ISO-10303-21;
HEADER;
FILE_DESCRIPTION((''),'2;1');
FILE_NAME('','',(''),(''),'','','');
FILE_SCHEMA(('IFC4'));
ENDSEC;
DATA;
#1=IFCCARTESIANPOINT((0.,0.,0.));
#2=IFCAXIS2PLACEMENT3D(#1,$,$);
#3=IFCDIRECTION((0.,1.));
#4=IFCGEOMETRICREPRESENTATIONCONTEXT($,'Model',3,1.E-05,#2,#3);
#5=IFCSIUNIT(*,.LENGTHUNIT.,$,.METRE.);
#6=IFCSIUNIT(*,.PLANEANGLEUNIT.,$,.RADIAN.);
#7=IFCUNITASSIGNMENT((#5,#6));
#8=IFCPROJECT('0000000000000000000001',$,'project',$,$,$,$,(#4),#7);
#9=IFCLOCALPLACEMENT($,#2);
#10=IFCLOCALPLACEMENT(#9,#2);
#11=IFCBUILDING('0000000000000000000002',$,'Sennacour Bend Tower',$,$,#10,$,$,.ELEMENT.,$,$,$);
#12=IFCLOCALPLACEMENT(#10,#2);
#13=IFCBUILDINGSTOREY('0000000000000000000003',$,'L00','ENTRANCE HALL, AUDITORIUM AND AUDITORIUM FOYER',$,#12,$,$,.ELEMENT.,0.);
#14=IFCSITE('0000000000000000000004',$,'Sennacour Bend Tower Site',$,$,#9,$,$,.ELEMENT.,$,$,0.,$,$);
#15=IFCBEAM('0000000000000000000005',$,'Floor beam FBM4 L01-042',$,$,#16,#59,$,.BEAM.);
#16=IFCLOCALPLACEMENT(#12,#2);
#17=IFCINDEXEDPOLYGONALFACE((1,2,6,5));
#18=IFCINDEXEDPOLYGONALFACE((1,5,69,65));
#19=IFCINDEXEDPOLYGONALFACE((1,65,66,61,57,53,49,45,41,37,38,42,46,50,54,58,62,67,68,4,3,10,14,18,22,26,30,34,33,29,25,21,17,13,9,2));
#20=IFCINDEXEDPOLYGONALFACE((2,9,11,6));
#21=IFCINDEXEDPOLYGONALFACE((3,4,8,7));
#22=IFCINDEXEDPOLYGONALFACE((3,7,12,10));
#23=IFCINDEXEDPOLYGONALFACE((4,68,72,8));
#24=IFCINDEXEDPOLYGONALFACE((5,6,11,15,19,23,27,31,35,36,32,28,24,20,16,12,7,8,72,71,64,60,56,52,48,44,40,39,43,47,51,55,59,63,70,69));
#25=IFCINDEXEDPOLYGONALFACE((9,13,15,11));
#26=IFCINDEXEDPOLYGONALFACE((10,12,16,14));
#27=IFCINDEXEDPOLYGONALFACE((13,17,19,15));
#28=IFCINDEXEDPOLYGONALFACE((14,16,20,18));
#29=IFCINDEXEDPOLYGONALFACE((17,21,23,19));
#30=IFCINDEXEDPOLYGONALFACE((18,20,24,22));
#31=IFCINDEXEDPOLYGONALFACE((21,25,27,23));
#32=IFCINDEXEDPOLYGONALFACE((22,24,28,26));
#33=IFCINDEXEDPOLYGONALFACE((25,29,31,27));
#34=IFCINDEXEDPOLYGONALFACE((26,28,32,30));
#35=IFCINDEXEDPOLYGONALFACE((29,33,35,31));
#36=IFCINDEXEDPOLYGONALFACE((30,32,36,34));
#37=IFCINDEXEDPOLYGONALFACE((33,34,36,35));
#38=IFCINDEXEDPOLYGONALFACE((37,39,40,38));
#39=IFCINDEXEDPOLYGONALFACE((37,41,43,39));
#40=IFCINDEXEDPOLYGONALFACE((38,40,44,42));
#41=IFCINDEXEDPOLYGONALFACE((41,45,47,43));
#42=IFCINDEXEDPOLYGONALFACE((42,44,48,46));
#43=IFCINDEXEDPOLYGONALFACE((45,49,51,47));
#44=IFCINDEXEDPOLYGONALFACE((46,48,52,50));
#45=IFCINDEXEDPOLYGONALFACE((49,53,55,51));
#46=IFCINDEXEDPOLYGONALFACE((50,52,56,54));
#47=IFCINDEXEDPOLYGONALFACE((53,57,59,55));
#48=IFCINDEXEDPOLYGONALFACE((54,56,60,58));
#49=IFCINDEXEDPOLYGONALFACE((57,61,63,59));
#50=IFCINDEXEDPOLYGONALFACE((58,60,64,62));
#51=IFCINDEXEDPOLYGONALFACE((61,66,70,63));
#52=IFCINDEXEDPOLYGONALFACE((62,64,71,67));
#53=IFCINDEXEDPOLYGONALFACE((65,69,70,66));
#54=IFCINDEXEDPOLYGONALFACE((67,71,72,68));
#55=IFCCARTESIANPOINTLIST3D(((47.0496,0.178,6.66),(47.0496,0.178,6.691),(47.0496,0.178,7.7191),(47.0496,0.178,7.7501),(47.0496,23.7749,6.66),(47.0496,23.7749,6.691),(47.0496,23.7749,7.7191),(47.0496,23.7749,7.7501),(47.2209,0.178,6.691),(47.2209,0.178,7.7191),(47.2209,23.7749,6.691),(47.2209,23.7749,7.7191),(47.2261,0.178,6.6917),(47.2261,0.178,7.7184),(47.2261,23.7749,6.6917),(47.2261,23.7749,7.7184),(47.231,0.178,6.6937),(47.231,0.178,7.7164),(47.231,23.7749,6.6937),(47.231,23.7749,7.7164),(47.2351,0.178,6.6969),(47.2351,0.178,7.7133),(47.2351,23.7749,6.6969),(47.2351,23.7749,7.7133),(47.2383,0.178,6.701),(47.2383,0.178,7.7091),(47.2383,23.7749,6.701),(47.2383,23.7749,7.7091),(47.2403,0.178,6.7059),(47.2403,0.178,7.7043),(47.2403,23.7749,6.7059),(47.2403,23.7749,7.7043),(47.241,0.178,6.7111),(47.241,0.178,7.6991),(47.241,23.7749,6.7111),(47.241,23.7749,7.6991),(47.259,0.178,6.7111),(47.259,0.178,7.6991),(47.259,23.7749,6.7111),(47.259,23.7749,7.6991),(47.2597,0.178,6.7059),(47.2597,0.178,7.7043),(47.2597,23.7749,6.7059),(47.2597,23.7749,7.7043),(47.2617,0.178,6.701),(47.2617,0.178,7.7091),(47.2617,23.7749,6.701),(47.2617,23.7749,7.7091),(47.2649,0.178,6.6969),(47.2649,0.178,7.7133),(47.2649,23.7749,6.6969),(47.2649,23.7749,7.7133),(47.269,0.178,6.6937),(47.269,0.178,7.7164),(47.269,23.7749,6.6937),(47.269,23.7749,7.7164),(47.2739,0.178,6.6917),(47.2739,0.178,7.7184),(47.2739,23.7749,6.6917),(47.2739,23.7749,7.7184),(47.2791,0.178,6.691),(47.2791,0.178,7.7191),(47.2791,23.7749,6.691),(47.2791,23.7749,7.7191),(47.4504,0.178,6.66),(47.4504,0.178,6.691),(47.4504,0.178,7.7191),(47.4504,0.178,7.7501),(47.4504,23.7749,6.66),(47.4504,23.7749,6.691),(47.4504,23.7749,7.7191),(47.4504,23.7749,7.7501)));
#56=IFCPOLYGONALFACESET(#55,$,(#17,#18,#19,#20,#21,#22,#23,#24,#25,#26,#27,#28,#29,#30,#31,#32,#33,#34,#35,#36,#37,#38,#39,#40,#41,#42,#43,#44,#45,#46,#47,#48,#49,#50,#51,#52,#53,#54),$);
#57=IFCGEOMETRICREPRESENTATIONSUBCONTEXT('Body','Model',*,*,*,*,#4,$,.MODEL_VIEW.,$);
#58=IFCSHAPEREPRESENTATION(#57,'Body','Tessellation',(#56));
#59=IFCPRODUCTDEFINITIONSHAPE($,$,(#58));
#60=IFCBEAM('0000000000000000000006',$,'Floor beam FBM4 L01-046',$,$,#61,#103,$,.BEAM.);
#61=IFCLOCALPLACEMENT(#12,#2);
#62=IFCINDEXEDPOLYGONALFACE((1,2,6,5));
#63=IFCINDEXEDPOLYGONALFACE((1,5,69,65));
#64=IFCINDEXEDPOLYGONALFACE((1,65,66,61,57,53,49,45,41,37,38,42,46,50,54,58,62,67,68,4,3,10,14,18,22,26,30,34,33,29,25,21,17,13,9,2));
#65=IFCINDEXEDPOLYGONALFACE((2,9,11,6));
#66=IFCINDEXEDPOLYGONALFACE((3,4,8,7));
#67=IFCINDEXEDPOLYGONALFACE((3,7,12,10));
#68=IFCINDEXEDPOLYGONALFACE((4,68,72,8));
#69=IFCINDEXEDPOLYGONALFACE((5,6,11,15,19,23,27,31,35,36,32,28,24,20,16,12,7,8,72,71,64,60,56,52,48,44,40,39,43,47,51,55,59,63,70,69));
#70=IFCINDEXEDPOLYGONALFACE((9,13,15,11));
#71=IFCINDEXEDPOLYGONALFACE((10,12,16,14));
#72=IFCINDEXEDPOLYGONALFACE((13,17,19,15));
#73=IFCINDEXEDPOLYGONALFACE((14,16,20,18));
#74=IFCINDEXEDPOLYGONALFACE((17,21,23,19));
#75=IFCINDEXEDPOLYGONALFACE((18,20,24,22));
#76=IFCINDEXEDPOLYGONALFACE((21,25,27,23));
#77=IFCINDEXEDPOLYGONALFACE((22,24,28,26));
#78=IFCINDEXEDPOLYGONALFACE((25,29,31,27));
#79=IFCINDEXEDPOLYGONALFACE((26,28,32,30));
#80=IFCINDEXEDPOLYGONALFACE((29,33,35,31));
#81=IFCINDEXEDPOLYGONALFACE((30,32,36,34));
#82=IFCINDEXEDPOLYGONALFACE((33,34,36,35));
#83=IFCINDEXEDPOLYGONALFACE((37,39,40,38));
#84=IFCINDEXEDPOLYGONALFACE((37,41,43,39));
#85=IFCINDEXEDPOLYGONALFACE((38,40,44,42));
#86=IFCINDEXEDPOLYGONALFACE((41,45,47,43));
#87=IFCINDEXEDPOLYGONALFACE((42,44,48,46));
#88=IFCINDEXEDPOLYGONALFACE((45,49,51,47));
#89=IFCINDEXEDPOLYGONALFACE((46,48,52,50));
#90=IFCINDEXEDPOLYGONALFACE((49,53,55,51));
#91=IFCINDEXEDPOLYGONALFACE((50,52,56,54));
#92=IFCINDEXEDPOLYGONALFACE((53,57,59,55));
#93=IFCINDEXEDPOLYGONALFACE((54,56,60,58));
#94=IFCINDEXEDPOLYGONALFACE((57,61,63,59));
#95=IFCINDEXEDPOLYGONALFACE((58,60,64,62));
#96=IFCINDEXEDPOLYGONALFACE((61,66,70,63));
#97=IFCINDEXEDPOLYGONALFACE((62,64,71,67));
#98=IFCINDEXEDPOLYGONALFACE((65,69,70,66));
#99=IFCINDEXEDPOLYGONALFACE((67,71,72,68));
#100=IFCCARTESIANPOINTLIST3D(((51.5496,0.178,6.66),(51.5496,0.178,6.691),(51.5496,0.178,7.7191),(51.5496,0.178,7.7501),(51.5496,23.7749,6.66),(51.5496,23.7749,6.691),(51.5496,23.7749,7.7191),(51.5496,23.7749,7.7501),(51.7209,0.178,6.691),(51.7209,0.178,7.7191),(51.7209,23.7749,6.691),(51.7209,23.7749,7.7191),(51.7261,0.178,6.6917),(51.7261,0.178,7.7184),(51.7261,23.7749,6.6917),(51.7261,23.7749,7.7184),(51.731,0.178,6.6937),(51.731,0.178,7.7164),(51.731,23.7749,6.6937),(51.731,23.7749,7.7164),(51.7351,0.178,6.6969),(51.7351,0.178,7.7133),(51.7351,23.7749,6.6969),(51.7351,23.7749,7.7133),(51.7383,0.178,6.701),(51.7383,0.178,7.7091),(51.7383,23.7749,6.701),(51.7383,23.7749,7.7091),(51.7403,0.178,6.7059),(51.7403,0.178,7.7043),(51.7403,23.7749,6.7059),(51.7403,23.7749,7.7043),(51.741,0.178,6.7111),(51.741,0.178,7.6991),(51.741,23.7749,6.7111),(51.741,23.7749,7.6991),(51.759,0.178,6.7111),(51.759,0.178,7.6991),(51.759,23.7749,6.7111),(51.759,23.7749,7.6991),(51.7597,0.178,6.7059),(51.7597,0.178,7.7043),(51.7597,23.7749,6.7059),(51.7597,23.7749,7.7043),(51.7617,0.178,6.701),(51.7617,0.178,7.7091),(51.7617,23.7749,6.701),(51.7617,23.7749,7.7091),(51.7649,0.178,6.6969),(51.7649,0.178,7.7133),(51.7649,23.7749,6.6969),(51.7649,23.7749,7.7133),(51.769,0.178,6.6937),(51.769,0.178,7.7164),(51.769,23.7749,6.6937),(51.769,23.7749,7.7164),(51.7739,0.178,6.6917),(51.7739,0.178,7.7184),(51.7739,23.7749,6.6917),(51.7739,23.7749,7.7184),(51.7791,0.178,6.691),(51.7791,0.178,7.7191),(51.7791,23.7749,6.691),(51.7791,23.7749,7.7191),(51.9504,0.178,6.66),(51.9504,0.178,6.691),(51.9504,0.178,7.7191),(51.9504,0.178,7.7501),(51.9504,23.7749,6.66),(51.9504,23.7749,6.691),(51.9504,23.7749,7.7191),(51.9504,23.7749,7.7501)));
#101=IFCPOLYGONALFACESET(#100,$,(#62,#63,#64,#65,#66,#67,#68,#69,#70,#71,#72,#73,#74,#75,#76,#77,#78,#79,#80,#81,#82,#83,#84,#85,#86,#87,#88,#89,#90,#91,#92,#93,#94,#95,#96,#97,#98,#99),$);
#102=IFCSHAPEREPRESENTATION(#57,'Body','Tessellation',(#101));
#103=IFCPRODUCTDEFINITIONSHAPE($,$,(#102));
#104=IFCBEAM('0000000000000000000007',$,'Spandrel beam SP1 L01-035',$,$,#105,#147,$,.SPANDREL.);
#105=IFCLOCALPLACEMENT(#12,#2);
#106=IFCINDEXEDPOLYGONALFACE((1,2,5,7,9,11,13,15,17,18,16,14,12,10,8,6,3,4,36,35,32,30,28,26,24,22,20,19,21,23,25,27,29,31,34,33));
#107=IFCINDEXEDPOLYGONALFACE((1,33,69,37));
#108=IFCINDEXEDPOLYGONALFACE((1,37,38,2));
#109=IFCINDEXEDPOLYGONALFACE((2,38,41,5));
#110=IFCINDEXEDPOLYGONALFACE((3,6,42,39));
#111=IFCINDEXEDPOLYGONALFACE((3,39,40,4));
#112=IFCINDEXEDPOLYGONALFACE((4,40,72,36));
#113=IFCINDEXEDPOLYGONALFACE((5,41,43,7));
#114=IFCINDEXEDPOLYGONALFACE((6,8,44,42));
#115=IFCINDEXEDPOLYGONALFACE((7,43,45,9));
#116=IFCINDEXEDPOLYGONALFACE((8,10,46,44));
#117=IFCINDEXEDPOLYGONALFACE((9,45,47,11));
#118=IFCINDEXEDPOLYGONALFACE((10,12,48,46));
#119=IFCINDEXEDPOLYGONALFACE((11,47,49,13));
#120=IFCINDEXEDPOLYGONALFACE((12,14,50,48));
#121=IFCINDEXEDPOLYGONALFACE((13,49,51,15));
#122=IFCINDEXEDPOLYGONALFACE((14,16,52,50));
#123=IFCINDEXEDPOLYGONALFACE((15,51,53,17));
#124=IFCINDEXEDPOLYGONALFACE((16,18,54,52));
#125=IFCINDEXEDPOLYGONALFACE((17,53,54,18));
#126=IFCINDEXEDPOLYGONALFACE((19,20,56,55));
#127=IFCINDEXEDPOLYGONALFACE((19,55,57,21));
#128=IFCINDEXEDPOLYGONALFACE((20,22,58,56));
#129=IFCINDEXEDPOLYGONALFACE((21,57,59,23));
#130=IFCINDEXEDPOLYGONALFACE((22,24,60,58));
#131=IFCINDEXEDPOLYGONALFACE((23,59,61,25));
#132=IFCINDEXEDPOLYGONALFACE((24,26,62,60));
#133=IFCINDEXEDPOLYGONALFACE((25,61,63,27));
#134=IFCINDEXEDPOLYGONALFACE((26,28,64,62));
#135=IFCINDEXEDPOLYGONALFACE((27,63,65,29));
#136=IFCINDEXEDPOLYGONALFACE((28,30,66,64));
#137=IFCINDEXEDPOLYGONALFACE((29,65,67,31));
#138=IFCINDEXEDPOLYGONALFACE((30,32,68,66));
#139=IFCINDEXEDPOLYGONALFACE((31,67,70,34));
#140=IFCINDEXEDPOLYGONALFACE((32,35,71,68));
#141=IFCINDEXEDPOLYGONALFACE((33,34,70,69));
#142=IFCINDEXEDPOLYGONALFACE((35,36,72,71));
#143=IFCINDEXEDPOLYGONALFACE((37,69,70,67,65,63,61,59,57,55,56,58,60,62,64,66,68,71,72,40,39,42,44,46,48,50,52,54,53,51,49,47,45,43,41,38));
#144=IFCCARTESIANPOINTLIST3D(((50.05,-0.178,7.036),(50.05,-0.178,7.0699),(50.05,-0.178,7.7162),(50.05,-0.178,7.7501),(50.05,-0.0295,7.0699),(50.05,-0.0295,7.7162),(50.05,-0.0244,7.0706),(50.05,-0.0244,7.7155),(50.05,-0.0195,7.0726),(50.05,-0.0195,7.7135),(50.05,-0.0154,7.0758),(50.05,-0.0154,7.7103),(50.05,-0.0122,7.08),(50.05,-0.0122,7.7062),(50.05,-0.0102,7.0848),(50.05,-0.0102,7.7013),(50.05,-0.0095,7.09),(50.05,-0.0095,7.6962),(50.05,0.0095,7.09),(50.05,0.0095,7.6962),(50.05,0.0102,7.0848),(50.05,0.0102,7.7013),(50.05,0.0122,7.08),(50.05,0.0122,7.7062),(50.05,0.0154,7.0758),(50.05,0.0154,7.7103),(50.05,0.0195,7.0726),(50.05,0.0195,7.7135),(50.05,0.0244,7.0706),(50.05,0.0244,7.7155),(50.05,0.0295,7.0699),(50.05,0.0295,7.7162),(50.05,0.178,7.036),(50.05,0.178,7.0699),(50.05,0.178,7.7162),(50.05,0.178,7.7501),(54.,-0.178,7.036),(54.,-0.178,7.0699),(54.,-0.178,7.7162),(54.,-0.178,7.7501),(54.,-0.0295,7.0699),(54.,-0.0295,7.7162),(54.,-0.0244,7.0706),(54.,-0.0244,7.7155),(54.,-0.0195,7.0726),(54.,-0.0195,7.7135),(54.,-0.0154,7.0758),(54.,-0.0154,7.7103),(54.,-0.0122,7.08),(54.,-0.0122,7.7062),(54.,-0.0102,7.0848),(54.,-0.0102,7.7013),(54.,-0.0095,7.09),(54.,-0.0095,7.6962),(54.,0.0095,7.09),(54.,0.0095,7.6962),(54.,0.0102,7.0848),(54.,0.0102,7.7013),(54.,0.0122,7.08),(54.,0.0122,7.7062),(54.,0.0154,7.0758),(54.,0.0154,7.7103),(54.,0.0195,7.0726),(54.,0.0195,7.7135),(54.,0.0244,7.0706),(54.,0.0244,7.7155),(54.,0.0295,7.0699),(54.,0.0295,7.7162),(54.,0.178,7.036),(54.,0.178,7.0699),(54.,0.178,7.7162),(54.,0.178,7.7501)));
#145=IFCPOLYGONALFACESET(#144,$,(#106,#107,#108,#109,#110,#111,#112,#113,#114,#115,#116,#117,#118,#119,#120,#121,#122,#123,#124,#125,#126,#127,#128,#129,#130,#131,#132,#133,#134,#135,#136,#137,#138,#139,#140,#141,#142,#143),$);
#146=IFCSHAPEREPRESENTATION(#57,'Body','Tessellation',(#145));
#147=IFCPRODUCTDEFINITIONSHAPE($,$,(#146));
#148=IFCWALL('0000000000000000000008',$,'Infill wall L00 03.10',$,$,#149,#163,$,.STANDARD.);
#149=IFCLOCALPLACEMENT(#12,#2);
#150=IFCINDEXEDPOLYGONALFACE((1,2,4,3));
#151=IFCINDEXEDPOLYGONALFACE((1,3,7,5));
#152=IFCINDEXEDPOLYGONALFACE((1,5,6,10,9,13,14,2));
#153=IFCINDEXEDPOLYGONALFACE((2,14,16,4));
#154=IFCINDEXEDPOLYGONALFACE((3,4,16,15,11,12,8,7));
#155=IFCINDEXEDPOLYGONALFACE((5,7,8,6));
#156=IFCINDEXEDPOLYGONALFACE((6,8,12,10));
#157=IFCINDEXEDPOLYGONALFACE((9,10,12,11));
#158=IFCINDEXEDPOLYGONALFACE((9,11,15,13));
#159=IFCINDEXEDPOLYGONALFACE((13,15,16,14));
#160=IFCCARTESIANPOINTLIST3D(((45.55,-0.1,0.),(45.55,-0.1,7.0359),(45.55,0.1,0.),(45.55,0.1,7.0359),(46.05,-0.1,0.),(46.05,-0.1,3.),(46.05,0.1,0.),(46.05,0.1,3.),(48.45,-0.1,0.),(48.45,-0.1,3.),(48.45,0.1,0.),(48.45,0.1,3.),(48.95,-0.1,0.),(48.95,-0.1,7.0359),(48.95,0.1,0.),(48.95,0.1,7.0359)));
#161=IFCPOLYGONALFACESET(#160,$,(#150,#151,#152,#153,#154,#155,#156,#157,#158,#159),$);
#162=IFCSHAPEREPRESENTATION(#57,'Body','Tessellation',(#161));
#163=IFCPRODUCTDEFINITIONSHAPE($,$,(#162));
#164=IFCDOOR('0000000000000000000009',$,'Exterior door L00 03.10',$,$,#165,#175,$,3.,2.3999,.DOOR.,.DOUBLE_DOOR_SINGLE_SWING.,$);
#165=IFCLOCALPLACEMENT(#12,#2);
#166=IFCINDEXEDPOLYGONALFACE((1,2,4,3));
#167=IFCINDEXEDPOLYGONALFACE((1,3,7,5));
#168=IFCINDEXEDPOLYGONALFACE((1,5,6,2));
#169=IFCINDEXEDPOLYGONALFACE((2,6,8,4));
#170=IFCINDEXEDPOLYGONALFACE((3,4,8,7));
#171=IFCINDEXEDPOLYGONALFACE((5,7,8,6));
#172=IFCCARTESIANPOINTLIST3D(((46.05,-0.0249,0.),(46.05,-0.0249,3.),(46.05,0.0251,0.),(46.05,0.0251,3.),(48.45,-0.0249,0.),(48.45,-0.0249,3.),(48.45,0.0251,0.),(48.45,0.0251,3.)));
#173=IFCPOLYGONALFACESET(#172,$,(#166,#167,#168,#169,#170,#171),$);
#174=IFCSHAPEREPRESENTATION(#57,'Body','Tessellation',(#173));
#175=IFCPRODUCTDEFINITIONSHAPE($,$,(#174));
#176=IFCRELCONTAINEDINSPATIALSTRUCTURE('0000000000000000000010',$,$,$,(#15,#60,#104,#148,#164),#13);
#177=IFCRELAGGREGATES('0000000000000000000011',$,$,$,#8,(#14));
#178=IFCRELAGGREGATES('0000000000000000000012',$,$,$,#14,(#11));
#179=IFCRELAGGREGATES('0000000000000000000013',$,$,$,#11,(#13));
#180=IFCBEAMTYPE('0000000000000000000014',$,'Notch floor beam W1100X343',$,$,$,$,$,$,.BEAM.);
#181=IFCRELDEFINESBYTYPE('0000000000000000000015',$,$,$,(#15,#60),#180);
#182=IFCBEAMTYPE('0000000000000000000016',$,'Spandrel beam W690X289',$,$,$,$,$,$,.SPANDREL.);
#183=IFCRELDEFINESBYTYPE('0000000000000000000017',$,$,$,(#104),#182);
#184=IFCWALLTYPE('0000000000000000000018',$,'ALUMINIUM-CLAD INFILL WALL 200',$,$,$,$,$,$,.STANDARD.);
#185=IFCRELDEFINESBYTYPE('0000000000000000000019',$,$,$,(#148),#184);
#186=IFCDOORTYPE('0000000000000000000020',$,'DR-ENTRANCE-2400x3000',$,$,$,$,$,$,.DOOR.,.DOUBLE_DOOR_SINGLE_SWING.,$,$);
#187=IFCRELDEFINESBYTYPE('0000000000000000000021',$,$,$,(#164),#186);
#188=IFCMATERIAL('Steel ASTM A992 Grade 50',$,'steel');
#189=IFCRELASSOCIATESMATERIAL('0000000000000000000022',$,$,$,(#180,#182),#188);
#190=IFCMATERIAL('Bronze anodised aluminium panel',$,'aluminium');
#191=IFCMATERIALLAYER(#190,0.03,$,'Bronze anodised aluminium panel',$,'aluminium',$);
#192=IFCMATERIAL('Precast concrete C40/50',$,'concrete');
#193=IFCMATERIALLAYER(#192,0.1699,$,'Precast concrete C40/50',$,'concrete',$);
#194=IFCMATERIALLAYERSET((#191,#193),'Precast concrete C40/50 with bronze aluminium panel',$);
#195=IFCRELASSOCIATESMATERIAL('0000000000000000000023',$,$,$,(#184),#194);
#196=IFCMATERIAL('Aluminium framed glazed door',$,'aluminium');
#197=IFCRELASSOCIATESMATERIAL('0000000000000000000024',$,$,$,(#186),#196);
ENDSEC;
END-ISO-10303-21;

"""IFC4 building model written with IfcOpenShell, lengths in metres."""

from ifc_helpers import new_model, si_unit, direction, frame, frame_2d, origin, origin_2d, place, context, subcontext, project, spatial, rectangle, i_section, extrude, material, layer, layer_set, material_profile, profile_set, type_object, element, fill, save


model = new_model("IFC4")

# Units and contexts
model_context = context("Model", 3, precision=1e-05, world=origin(), true_north=direction((0.0, 1.0)))
body_context = subcontext(model_context, "Body", "Model", "MODEL_VIEW")
ifc_project = project(units=[si_unit("LENGTHUNIT", "METRE"), si_unit("PLANEANGLEUNIT", "RADIAN")], contexts=[model_context])

# Site, building, storey
site_placement = place(None, origin())
site = spatial("IfcSite", under=ifc_project, at=site_placement, Name="Sennacour Bend Tower Site", CompositionType="ELEMENT", RefElevation=0.0)
building_placement = place(site_placement, origin())
building = spatial("IfcBuilding", under=site, at=building_placement, Name="Sennacour Bend Tower", CompositionType="ELEMENT")
storey_placement = place(building_placement, origin())
storey = spatial("IfcBuildingStorey", under=building, at=storey_placement, Name="L00", Description="ENTRANCE HALL, AUDITORIUM AND AUDITORIUM FOYER", CompositionType="ELEMENT", Elevation=0.0)

# Beams
ifc_material_1 = material(Name="Steel ASTM A992 Grade 50", Category="steel")
ifc_material_profile_1 = material_profile(ifc_material_1, i_section(OverallWidth=0.4009, OverallDepth=1.0901, WebThickness=0.0181, FlangeThickness=0.031, FilletRadius=0.02, at=origin_2d()), Name="Steel ASTM A992 Grade 50", Category="steel")
ifc_profile_set_1 = profile_set([ifc_material_profile_1], Name="Steel ASTM A992 Grade 50")
beam_type_1 = type_object("IfcBeamType", Name="Notch floor beam W1100X343", PredefinedType="BEAM", material=ifc_profile_set_1)
for number, where, z_axis, x_axis, name in (
    (1, (47.25, 0.178, 7.2051), (0.0, 1.0, 0.0), (-1.0, 0.0, 0.0), "Floor beam FBM4 L01-042"),
    (2, (51.75, 0.178, 7.2051), (0.0, 1.0, 0.0), (-1.0, 0.0, 0.0), "Floor beam FBM4 L01-046"),
):
    element("IfcBeam", number, at=place(storey_placement, frame(where, z_axis=z_axis, x_axis=x_axis)), inside=storey, type_object=beam_type_1, Name=name, PredefinedType="BEAM", context=body_context, shape_type="SweptSolid", body=[
        extrude(i_section(OverallWidth=0.4009, OverallDepth=1.0901, WebThickness=0.0181, FlangeThickness=0.031, FilletRadius=0.02, at=origin_2d()), origin(), (0.0, 0.0, 1.0), 23.5969),
    ])
ifc_material_profile_2 = material_profile(ifc_material_1, i_section(OverallWidth=0.356, OverallDepth=0.7141, WebThickness=0.019, FlangeThickness=0.0339, FilletRadius=0.02, at=origin_2d()), Name="Steel ASTM A992 Grade 50", Category="steel")
ifc_profile_set_2 = profile_set([ifc_material_profile_2], Name="Steel ASTM A992 Grade 50")
beam_type_2 = type_object("IfcBeamType", Name="Spandrel beam W690X289", PredefinedType="SPANDREL", material=ifc_profile_set_2)
beam_1_placement = place(storey_placement, frame((50.05, 0.0, 7.3931), z_axis=(1.0, 0.0, 0.0), x_axis=(0.0, 1.0, 0.0)))
element("IfcBeam", 3, at=beam_1_placement, inside=storey, type_object=beam_type_2, Name="Spandrel beam SP1 L01-035", PredefinedType="SPANDREL", context=body_context, shape_type="SweptSolid", body=[
    extrude(i_section(OverallWidth=0.356, OverallDepth=0.7141, WebThickness=0.019, FlangeThickness=0.0339, FilletRadius=0.02, at=origin_2d()), origin(), (0.0, 0.0, 1.0), 3.95),
])

# Wall, opening, door
ifc_material_2 = material(Name="Bronze anodised aluminium panel", Category="aluminium")
ifc_layer_1 = layer(ifc_material_2, 0.03, Name="Bronze anodised aluminium panel", Category="aluminium")
ifc_material_3 = material(Name="Precast concrete C40/50", Category="concrete")
ifc_layer_2 = layer(ifc_material_3, 0.1699, Name="Precast concrete C40/50", Category="concrete")
ifc_layer_set_1 = layer_set([ifc_layer_1, ifc_layer_2], Name="Precast concrete C40/50 with bronze aluminium panel")
wall_type_1 = type_object("IfcWallType", Name="ALUMINIUM-CLAD INFILL WALL 200", PredefinedType="STANDARD", material=ifc_layer_set_1)
wall_1_placement = place(storey_placement, frame((48.95, 0.0, 0.0), z_axis=(0.0, 0.0, 1.0), x_axis=(-1.0, 0.0, 0.0)))
wall_1 = element("IfcWall", 4, at=wall_1_placement, inside=storey, type_object=wall_type_1, Name="Infill wall L00 03.10", PredefinedType="STANDARD", context=body_context, shape_type="SweptSolid", body=[
    extrude(rectangle(XDim=3.3999, YDim=0.2, at=frame_2d((1.7, 0.0))), origin(), (0.0, 0.0, 1.0), 7.0359),
])
opening_1_placement = place(wall_1_placement, frame((0.5, 0.0, 0.0)))
opening_1 = element("IfcOpeningElement", 5, at=opening_1_placement, cuts=wall_1, PredefinedType="OPENING", context=body_context, shape_type="SweptSolid", body=[
    extrude(rectangle(XDim=2.3999, YDim=3.0, at=frame_2d((1.2, 1.5))), frame((0.0, 0.1099, 0.0), z_axis=(0.0, -1.0, 0.0), x_axis=(1.0, 0.0, 0.0)), (0.0, 0.0, 1.0), 0.22),
])
ifc_material_4 = material(Name="Aluminium framed glazed door", Category="aluminium")
door_type_1 = type_object("IfcDoorType", Name="DR-ENTRANCE-2400x3000", OperationType="DOUBLE_DOOR_SINGLE_SWING", PredefinedType="DOOR", material=ifc_material_4)
door_1_placement = place(opening_1_placement, origin())
door_1 = element("IfcDoor", 6, at=door_1_placement, inside=storey, type_object=door_type_1, Name="Exterior door L00 03.10", OperationType="DOUBLE_DOOR_SINGLE_SWING", OverallHeight=3.0, OverallWidth=2.3999, PredefinedType="DOOR", context=body_context, shape_type="SweptSolid", body=[
    extrude(rectangle(XDim=2.3999, YDim=3.0, at=frame_2d((1.2, 1.5))), frame((0.0, 0.0249, 0.0), z_axis=(0.0, -1.0, 0.0), x_axis=(1.0, 0.0, 0.0)), (0.0, 0.0, 1.0), 0.05),
])
fill(opening_1, door_1)

save(model, "model.ifc")
